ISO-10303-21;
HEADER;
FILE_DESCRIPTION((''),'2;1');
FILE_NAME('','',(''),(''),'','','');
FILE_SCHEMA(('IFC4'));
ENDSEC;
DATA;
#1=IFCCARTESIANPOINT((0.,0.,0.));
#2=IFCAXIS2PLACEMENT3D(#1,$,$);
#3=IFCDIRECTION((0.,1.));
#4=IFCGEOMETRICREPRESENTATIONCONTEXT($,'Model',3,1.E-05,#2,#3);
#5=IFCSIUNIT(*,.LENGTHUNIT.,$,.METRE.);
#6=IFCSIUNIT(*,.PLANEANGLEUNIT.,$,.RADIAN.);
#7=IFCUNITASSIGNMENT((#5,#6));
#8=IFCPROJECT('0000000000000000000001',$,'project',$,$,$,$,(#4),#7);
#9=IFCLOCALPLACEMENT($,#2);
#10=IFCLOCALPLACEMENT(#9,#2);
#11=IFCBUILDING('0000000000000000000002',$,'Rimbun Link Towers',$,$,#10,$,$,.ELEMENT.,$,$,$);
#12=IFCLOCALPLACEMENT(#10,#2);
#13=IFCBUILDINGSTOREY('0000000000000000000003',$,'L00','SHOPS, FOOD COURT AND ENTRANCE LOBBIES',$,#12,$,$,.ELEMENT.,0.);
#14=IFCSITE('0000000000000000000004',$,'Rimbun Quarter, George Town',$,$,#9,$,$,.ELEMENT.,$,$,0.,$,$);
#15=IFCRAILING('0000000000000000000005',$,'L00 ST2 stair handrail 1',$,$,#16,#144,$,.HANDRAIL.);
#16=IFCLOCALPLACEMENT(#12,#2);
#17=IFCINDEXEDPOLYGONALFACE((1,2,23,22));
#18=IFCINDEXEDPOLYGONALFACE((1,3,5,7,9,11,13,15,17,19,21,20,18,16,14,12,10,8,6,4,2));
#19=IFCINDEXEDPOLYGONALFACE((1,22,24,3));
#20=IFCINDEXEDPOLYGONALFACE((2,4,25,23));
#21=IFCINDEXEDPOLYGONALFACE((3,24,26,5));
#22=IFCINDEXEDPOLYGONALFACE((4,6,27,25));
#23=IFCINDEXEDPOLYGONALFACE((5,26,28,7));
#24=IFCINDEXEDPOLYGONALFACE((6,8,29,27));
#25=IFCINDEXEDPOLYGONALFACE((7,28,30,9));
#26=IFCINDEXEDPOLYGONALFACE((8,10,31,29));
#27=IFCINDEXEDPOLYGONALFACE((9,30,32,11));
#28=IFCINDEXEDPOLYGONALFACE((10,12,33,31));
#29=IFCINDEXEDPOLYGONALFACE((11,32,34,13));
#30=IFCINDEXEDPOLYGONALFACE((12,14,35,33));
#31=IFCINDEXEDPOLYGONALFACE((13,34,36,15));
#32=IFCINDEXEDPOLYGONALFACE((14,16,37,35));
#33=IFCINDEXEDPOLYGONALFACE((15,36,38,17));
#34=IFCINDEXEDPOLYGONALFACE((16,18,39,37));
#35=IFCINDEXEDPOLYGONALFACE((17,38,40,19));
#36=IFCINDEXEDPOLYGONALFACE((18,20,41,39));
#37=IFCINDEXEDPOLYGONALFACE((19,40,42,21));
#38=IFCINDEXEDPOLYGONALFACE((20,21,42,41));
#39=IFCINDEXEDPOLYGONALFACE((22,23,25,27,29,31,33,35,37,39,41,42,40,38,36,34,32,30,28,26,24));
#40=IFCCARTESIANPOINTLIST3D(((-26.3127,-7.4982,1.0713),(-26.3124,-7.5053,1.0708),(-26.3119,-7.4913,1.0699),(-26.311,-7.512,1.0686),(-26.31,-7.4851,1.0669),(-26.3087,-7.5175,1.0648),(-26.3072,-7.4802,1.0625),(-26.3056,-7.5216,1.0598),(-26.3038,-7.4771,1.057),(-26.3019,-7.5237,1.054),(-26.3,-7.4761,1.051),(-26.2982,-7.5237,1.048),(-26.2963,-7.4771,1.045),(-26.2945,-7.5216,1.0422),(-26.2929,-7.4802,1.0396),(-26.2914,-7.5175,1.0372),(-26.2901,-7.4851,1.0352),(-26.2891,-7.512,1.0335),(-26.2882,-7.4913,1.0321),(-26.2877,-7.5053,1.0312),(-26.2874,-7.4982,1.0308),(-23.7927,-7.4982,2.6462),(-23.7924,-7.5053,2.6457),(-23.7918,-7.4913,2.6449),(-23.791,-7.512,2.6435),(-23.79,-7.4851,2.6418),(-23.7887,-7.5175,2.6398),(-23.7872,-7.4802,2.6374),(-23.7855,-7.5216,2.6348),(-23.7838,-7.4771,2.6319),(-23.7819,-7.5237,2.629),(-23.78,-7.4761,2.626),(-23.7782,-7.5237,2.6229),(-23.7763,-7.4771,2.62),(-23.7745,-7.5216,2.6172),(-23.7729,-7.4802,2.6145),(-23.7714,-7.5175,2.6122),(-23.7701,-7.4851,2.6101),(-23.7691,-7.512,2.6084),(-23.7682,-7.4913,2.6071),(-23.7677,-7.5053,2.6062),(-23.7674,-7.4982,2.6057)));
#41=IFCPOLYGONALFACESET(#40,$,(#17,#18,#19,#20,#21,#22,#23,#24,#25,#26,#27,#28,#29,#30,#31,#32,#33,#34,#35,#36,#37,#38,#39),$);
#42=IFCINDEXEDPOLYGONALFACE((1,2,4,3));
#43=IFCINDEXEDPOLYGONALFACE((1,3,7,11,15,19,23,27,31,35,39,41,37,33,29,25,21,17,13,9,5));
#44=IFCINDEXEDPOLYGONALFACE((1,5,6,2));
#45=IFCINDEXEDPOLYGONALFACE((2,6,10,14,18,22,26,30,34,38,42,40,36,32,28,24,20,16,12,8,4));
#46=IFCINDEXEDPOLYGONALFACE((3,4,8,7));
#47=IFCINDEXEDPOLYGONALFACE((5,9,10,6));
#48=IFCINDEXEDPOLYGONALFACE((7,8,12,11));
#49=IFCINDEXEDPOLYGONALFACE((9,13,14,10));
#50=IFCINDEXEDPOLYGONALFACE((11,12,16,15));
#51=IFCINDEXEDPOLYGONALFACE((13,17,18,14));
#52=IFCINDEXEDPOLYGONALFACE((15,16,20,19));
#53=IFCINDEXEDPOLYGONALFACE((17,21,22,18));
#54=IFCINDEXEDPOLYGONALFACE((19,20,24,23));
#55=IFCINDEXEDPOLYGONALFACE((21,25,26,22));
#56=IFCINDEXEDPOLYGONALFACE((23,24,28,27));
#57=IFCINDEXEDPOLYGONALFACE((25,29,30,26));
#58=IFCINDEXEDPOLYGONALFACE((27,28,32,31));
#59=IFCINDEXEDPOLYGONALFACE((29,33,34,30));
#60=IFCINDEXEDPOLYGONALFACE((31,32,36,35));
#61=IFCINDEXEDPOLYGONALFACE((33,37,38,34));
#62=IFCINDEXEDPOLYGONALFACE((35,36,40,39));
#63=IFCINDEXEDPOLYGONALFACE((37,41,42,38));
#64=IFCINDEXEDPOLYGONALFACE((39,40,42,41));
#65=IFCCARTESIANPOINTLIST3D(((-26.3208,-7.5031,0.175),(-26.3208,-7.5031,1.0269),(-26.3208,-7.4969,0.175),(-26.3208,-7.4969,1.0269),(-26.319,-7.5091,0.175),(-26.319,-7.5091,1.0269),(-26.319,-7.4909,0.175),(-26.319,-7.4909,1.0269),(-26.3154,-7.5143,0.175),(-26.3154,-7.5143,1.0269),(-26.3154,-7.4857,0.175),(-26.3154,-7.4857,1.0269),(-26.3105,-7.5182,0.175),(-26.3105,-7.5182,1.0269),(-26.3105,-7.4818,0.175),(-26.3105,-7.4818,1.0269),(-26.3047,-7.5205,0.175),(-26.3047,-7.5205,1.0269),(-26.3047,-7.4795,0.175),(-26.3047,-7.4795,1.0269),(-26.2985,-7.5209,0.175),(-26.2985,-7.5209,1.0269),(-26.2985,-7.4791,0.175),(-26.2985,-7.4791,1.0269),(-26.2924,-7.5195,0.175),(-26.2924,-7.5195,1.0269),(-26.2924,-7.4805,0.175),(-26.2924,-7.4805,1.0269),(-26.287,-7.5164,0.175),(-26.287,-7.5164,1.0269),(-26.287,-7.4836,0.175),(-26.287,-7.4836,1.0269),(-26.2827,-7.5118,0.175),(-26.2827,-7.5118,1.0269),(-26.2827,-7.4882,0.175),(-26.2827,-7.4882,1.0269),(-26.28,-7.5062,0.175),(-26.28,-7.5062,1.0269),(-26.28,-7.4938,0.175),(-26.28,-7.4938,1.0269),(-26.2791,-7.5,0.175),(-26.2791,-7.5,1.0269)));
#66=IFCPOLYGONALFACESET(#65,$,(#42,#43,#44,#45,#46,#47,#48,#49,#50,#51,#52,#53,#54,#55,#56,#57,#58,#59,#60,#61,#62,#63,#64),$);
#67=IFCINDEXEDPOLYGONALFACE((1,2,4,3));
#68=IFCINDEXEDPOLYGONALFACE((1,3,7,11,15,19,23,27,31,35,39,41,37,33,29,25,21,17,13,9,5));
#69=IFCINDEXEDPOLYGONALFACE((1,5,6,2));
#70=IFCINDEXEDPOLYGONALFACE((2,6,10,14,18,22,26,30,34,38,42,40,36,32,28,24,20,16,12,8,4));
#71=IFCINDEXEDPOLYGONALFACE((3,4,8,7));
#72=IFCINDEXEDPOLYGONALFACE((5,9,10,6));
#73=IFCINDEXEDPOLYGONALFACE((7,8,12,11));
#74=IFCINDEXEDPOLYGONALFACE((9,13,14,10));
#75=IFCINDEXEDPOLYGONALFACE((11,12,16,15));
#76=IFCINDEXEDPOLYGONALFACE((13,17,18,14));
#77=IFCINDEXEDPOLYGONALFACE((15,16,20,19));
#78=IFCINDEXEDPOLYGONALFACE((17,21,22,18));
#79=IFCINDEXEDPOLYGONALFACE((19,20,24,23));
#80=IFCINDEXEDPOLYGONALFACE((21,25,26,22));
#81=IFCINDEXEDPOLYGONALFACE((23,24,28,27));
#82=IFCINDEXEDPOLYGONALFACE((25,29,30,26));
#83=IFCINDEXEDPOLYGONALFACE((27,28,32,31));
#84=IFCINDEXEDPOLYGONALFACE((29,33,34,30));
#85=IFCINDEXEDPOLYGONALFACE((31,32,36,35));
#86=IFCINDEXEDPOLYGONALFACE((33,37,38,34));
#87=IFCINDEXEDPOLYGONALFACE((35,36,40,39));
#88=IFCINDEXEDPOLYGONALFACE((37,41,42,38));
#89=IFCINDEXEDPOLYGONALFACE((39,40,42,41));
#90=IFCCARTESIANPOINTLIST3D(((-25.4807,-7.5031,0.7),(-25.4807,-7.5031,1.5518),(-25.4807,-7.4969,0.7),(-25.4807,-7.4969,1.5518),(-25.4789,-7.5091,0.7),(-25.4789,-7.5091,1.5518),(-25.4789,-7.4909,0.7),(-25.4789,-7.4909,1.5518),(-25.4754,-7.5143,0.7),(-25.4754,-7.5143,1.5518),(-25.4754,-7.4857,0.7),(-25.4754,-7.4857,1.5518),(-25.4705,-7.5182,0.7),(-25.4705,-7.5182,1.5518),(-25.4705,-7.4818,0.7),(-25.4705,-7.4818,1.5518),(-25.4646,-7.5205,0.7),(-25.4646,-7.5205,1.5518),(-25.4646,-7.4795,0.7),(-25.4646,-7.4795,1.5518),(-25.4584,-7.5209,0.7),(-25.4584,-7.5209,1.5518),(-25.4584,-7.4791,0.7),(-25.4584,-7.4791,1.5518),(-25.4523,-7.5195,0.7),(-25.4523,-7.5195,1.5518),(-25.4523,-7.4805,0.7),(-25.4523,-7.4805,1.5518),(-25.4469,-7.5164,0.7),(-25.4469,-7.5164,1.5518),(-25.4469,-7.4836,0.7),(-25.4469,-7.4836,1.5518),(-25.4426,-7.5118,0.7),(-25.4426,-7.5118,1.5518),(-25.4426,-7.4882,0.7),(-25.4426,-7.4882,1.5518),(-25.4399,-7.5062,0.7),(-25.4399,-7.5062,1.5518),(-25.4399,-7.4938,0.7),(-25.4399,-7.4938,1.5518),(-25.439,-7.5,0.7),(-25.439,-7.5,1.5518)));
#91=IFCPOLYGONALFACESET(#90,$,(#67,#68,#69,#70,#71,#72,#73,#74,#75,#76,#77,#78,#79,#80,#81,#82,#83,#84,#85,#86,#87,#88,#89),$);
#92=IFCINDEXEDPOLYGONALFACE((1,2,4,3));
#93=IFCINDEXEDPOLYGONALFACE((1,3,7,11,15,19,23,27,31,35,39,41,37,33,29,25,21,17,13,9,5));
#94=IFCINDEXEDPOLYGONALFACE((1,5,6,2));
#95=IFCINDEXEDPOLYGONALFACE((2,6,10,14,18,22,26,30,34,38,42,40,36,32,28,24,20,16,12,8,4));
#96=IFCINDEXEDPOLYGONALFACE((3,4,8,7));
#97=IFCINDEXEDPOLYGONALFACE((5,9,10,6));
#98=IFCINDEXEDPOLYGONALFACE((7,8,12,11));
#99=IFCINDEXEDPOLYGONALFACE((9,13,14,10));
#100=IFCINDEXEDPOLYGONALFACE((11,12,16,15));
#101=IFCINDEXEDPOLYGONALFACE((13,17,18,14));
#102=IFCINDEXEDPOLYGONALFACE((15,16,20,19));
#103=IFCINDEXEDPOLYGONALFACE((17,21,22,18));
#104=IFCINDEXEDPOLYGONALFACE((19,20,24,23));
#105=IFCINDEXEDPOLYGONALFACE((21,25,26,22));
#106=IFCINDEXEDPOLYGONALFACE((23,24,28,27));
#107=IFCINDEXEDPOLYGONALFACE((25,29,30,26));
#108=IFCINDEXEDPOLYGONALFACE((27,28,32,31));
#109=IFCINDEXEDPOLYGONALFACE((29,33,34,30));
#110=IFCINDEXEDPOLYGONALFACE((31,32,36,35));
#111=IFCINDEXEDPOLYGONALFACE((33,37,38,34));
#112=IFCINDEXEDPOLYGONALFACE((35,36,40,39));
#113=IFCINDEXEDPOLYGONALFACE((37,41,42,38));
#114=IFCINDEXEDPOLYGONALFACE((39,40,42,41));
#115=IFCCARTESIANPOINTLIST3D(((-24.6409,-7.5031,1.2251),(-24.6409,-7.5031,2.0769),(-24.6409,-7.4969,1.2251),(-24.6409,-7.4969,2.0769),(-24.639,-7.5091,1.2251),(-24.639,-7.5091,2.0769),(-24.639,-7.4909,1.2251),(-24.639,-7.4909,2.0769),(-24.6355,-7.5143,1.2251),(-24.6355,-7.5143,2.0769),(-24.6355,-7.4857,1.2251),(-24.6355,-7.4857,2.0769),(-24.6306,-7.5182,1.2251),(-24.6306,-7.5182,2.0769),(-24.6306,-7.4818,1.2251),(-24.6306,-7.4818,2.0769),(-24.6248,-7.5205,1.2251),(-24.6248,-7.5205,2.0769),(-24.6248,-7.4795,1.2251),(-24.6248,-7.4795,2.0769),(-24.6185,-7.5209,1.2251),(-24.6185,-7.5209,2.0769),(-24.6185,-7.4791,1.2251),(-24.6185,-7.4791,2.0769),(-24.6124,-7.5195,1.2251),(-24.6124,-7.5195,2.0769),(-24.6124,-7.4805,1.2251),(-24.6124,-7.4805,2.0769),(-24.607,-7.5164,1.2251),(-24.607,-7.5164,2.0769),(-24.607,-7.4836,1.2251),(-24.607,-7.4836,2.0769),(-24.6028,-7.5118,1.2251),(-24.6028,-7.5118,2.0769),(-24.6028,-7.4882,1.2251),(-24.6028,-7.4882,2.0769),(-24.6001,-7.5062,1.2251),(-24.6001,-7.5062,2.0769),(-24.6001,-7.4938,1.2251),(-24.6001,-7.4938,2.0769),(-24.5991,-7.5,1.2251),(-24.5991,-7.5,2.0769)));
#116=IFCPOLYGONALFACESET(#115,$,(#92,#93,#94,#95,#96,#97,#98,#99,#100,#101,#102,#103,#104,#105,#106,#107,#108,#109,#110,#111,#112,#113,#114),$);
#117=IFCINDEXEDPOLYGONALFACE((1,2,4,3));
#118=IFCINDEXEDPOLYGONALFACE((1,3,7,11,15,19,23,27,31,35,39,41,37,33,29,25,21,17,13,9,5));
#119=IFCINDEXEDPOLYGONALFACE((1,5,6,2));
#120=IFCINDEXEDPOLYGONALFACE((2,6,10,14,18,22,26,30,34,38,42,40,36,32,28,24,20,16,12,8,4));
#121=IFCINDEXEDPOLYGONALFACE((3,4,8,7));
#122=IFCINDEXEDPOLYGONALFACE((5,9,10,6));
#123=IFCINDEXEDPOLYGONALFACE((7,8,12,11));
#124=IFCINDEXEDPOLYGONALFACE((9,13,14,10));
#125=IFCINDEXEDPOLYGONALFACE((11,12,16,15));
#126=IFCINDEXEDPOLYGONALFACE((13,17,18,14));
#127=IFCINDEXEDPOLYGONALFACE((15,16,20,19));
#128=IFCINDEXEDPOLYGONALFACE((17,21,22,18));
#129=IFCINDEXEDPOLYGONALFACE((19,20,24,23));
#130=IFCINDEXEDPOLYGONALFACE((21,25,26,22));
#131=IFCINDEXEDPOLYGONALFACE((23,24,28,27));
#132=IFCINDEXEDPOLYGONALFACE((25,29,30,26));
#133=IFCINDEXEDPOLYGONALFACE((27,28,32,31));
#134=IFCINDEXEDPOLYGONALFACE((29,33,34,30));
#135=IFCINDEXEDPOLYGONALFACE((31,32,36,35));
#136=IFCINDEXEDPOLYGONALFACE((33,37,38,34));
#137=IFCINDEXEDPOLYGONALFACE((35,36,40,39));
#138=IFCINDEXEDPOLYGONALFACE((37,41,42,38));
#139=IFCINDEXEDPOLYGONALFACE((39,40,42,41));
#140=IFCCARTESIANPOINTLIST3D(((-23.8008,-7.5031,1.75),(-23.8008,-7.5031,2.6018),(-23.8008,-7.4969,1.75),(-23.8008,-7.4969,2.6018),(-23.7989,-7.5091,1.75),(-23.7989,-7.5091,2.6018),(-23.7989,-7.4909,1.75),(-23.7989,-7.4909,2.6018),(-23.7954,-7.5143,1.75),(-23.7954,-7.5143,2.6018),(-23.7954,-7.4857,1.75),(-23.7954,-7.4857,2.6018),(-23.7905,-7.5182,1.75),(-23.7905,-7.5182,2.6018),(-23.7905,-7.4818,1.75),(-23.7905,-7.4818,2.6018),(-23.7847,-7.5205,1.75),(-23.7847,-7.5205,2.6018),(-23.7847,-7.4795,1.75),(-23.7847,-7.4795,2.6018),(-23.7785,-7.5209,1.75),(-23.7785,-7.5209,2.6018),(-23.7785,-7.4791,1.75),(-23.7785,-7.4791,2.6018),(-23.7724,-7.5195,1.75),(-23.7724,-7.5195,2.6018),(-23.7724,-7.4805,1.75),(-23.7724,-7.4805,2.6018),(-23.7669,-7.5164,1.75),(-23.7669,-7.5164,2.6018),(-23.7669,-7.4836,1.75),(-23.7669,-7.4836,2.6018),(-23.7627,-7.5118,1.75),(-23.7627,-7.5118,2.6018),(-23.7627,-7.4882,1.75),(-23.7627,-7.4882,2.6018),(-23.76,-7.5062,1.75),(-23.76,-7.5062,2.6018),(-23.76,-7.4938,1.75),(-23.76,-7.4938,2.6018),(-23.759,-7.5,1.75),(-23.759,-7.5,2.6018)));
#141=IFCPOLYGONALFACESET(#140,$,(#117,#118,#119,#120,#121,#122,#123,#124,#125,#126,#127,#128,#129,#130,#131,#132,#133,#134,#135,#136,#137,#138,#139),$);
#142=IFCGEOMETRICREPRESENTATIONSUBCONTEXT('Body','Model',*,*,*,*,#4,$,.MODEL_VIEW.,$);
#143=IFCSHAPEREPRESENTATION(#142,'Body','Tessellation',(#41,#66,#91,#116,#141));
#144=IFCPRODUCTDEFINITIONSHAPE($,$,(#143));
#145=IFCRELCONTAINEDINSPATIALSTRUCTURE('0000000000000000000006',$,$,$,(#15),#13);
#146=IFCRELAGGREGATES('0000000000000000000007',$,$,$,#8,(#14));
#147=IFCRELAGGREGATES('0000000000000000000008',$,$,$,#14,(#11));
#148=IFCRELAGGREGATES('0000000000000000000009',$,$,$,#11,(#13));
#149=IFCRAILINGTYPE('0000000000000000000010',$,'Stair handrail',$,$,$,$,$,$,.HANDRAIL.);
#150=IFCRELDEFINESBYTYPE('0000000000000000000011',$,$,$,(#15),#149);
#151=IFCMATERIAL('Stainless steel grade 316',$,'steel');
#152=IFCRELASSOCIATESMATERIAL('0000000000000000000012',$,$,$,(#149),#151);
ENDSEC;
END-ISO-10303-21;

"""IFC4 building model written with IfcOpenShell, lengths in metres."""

from ifc_helpers import new_model, si_unit, direction, frame, origin, origin_2d, place, context, subcontext, project, spatial, circle, extrude, material, type_object, element, save


model = new_model("IFC4")

# Units and contexts
model_context = context("Model", 3, precision=1e-05, world=origin(), true_north=direction((0.0, 1.0)))
body_context = subcontext(model_context, "Body", "Model", "MODEL_VIEW")
ifc_project = project(units=[si_unit("LENGTHUNIT", "METRE"), si_unit("PLANEANGLEUNIT", "RADIAN")], contexts=[model_context])

# Site, building, storey
site_placement = place(None, origin())
site = spatial("IfcSite", under=ifc_project, at=site_placement, Name="Rimbun Quarter, George Town", CompositionType="ELEMENT", RefElevation=0.0)
building_placement = place(site_placement, origin())
building = spatial("IfcBuilding", under=site, at=building_placement, Name="Rimbun Link Towers", CompositionType="ELEMENT")
storey_placement = place(building_placement, origin())
storey = spatial("IfcBuildingStorey", under=building, at=storey_placement, Name="L00", Description="SHOPS, FOOD COURT AND ENTRANCE LOBBIES", CompositionType="ELEMENT", Elevation=0.0)

# Railing
ifc_material_1 = material(Name="Stainless steel grade 316", Category="steel")
railing_type_1 = type_object("IfcRailingType", Name="Stair handrail", PredefinedType="HANDRAIL", material=ifc_material_1)
for number, where, name in (
    (1, (-26.3, -7.5, 0.175), "L00 ST2 stair handrail 1"),
):
    element("IfcRailing", number, at=place(storey_placement, frame(where)), inside=storey, type_object=railing_type_1, Name=name, PredefinedType="HANDRAIL", context=body_context, shape_type="SweptSolid", body=[
        extrude(circle(Radius=0.0239, at=origin_2d()), frame((0.0, 0.0, 0.876), z_axis=(0.848008, 0.0, 0.529984), x_axis=(0.0, 1.0, 0.0)), (0.0, 0.0, 1.0), 2.9717),
        extrude(circle(Radius=0.021, at=origin_2d()), origin(), (0.0, 0.0, 1.0), 0.8518),
        extrude(circle(Radius=0.021, at=origin_2d()), frame((0.8401, 0.0, 0.5249)), (0.0, 0.0, 1.0), 0.8518),
        extrude(circle(Radius=0.021, at=origin_2d()), frame((1.6799, 0.0, 1.05)), (0.0, 0.0, 1.0), 0.8518),
        extrude(circle(Radius=0.021, at=origin_2d()), frame((2.52, 0.0, 1.575)), (0.0, 0.0, 1.0), 0.8518),
    ])

save(model, "model.ifc")
